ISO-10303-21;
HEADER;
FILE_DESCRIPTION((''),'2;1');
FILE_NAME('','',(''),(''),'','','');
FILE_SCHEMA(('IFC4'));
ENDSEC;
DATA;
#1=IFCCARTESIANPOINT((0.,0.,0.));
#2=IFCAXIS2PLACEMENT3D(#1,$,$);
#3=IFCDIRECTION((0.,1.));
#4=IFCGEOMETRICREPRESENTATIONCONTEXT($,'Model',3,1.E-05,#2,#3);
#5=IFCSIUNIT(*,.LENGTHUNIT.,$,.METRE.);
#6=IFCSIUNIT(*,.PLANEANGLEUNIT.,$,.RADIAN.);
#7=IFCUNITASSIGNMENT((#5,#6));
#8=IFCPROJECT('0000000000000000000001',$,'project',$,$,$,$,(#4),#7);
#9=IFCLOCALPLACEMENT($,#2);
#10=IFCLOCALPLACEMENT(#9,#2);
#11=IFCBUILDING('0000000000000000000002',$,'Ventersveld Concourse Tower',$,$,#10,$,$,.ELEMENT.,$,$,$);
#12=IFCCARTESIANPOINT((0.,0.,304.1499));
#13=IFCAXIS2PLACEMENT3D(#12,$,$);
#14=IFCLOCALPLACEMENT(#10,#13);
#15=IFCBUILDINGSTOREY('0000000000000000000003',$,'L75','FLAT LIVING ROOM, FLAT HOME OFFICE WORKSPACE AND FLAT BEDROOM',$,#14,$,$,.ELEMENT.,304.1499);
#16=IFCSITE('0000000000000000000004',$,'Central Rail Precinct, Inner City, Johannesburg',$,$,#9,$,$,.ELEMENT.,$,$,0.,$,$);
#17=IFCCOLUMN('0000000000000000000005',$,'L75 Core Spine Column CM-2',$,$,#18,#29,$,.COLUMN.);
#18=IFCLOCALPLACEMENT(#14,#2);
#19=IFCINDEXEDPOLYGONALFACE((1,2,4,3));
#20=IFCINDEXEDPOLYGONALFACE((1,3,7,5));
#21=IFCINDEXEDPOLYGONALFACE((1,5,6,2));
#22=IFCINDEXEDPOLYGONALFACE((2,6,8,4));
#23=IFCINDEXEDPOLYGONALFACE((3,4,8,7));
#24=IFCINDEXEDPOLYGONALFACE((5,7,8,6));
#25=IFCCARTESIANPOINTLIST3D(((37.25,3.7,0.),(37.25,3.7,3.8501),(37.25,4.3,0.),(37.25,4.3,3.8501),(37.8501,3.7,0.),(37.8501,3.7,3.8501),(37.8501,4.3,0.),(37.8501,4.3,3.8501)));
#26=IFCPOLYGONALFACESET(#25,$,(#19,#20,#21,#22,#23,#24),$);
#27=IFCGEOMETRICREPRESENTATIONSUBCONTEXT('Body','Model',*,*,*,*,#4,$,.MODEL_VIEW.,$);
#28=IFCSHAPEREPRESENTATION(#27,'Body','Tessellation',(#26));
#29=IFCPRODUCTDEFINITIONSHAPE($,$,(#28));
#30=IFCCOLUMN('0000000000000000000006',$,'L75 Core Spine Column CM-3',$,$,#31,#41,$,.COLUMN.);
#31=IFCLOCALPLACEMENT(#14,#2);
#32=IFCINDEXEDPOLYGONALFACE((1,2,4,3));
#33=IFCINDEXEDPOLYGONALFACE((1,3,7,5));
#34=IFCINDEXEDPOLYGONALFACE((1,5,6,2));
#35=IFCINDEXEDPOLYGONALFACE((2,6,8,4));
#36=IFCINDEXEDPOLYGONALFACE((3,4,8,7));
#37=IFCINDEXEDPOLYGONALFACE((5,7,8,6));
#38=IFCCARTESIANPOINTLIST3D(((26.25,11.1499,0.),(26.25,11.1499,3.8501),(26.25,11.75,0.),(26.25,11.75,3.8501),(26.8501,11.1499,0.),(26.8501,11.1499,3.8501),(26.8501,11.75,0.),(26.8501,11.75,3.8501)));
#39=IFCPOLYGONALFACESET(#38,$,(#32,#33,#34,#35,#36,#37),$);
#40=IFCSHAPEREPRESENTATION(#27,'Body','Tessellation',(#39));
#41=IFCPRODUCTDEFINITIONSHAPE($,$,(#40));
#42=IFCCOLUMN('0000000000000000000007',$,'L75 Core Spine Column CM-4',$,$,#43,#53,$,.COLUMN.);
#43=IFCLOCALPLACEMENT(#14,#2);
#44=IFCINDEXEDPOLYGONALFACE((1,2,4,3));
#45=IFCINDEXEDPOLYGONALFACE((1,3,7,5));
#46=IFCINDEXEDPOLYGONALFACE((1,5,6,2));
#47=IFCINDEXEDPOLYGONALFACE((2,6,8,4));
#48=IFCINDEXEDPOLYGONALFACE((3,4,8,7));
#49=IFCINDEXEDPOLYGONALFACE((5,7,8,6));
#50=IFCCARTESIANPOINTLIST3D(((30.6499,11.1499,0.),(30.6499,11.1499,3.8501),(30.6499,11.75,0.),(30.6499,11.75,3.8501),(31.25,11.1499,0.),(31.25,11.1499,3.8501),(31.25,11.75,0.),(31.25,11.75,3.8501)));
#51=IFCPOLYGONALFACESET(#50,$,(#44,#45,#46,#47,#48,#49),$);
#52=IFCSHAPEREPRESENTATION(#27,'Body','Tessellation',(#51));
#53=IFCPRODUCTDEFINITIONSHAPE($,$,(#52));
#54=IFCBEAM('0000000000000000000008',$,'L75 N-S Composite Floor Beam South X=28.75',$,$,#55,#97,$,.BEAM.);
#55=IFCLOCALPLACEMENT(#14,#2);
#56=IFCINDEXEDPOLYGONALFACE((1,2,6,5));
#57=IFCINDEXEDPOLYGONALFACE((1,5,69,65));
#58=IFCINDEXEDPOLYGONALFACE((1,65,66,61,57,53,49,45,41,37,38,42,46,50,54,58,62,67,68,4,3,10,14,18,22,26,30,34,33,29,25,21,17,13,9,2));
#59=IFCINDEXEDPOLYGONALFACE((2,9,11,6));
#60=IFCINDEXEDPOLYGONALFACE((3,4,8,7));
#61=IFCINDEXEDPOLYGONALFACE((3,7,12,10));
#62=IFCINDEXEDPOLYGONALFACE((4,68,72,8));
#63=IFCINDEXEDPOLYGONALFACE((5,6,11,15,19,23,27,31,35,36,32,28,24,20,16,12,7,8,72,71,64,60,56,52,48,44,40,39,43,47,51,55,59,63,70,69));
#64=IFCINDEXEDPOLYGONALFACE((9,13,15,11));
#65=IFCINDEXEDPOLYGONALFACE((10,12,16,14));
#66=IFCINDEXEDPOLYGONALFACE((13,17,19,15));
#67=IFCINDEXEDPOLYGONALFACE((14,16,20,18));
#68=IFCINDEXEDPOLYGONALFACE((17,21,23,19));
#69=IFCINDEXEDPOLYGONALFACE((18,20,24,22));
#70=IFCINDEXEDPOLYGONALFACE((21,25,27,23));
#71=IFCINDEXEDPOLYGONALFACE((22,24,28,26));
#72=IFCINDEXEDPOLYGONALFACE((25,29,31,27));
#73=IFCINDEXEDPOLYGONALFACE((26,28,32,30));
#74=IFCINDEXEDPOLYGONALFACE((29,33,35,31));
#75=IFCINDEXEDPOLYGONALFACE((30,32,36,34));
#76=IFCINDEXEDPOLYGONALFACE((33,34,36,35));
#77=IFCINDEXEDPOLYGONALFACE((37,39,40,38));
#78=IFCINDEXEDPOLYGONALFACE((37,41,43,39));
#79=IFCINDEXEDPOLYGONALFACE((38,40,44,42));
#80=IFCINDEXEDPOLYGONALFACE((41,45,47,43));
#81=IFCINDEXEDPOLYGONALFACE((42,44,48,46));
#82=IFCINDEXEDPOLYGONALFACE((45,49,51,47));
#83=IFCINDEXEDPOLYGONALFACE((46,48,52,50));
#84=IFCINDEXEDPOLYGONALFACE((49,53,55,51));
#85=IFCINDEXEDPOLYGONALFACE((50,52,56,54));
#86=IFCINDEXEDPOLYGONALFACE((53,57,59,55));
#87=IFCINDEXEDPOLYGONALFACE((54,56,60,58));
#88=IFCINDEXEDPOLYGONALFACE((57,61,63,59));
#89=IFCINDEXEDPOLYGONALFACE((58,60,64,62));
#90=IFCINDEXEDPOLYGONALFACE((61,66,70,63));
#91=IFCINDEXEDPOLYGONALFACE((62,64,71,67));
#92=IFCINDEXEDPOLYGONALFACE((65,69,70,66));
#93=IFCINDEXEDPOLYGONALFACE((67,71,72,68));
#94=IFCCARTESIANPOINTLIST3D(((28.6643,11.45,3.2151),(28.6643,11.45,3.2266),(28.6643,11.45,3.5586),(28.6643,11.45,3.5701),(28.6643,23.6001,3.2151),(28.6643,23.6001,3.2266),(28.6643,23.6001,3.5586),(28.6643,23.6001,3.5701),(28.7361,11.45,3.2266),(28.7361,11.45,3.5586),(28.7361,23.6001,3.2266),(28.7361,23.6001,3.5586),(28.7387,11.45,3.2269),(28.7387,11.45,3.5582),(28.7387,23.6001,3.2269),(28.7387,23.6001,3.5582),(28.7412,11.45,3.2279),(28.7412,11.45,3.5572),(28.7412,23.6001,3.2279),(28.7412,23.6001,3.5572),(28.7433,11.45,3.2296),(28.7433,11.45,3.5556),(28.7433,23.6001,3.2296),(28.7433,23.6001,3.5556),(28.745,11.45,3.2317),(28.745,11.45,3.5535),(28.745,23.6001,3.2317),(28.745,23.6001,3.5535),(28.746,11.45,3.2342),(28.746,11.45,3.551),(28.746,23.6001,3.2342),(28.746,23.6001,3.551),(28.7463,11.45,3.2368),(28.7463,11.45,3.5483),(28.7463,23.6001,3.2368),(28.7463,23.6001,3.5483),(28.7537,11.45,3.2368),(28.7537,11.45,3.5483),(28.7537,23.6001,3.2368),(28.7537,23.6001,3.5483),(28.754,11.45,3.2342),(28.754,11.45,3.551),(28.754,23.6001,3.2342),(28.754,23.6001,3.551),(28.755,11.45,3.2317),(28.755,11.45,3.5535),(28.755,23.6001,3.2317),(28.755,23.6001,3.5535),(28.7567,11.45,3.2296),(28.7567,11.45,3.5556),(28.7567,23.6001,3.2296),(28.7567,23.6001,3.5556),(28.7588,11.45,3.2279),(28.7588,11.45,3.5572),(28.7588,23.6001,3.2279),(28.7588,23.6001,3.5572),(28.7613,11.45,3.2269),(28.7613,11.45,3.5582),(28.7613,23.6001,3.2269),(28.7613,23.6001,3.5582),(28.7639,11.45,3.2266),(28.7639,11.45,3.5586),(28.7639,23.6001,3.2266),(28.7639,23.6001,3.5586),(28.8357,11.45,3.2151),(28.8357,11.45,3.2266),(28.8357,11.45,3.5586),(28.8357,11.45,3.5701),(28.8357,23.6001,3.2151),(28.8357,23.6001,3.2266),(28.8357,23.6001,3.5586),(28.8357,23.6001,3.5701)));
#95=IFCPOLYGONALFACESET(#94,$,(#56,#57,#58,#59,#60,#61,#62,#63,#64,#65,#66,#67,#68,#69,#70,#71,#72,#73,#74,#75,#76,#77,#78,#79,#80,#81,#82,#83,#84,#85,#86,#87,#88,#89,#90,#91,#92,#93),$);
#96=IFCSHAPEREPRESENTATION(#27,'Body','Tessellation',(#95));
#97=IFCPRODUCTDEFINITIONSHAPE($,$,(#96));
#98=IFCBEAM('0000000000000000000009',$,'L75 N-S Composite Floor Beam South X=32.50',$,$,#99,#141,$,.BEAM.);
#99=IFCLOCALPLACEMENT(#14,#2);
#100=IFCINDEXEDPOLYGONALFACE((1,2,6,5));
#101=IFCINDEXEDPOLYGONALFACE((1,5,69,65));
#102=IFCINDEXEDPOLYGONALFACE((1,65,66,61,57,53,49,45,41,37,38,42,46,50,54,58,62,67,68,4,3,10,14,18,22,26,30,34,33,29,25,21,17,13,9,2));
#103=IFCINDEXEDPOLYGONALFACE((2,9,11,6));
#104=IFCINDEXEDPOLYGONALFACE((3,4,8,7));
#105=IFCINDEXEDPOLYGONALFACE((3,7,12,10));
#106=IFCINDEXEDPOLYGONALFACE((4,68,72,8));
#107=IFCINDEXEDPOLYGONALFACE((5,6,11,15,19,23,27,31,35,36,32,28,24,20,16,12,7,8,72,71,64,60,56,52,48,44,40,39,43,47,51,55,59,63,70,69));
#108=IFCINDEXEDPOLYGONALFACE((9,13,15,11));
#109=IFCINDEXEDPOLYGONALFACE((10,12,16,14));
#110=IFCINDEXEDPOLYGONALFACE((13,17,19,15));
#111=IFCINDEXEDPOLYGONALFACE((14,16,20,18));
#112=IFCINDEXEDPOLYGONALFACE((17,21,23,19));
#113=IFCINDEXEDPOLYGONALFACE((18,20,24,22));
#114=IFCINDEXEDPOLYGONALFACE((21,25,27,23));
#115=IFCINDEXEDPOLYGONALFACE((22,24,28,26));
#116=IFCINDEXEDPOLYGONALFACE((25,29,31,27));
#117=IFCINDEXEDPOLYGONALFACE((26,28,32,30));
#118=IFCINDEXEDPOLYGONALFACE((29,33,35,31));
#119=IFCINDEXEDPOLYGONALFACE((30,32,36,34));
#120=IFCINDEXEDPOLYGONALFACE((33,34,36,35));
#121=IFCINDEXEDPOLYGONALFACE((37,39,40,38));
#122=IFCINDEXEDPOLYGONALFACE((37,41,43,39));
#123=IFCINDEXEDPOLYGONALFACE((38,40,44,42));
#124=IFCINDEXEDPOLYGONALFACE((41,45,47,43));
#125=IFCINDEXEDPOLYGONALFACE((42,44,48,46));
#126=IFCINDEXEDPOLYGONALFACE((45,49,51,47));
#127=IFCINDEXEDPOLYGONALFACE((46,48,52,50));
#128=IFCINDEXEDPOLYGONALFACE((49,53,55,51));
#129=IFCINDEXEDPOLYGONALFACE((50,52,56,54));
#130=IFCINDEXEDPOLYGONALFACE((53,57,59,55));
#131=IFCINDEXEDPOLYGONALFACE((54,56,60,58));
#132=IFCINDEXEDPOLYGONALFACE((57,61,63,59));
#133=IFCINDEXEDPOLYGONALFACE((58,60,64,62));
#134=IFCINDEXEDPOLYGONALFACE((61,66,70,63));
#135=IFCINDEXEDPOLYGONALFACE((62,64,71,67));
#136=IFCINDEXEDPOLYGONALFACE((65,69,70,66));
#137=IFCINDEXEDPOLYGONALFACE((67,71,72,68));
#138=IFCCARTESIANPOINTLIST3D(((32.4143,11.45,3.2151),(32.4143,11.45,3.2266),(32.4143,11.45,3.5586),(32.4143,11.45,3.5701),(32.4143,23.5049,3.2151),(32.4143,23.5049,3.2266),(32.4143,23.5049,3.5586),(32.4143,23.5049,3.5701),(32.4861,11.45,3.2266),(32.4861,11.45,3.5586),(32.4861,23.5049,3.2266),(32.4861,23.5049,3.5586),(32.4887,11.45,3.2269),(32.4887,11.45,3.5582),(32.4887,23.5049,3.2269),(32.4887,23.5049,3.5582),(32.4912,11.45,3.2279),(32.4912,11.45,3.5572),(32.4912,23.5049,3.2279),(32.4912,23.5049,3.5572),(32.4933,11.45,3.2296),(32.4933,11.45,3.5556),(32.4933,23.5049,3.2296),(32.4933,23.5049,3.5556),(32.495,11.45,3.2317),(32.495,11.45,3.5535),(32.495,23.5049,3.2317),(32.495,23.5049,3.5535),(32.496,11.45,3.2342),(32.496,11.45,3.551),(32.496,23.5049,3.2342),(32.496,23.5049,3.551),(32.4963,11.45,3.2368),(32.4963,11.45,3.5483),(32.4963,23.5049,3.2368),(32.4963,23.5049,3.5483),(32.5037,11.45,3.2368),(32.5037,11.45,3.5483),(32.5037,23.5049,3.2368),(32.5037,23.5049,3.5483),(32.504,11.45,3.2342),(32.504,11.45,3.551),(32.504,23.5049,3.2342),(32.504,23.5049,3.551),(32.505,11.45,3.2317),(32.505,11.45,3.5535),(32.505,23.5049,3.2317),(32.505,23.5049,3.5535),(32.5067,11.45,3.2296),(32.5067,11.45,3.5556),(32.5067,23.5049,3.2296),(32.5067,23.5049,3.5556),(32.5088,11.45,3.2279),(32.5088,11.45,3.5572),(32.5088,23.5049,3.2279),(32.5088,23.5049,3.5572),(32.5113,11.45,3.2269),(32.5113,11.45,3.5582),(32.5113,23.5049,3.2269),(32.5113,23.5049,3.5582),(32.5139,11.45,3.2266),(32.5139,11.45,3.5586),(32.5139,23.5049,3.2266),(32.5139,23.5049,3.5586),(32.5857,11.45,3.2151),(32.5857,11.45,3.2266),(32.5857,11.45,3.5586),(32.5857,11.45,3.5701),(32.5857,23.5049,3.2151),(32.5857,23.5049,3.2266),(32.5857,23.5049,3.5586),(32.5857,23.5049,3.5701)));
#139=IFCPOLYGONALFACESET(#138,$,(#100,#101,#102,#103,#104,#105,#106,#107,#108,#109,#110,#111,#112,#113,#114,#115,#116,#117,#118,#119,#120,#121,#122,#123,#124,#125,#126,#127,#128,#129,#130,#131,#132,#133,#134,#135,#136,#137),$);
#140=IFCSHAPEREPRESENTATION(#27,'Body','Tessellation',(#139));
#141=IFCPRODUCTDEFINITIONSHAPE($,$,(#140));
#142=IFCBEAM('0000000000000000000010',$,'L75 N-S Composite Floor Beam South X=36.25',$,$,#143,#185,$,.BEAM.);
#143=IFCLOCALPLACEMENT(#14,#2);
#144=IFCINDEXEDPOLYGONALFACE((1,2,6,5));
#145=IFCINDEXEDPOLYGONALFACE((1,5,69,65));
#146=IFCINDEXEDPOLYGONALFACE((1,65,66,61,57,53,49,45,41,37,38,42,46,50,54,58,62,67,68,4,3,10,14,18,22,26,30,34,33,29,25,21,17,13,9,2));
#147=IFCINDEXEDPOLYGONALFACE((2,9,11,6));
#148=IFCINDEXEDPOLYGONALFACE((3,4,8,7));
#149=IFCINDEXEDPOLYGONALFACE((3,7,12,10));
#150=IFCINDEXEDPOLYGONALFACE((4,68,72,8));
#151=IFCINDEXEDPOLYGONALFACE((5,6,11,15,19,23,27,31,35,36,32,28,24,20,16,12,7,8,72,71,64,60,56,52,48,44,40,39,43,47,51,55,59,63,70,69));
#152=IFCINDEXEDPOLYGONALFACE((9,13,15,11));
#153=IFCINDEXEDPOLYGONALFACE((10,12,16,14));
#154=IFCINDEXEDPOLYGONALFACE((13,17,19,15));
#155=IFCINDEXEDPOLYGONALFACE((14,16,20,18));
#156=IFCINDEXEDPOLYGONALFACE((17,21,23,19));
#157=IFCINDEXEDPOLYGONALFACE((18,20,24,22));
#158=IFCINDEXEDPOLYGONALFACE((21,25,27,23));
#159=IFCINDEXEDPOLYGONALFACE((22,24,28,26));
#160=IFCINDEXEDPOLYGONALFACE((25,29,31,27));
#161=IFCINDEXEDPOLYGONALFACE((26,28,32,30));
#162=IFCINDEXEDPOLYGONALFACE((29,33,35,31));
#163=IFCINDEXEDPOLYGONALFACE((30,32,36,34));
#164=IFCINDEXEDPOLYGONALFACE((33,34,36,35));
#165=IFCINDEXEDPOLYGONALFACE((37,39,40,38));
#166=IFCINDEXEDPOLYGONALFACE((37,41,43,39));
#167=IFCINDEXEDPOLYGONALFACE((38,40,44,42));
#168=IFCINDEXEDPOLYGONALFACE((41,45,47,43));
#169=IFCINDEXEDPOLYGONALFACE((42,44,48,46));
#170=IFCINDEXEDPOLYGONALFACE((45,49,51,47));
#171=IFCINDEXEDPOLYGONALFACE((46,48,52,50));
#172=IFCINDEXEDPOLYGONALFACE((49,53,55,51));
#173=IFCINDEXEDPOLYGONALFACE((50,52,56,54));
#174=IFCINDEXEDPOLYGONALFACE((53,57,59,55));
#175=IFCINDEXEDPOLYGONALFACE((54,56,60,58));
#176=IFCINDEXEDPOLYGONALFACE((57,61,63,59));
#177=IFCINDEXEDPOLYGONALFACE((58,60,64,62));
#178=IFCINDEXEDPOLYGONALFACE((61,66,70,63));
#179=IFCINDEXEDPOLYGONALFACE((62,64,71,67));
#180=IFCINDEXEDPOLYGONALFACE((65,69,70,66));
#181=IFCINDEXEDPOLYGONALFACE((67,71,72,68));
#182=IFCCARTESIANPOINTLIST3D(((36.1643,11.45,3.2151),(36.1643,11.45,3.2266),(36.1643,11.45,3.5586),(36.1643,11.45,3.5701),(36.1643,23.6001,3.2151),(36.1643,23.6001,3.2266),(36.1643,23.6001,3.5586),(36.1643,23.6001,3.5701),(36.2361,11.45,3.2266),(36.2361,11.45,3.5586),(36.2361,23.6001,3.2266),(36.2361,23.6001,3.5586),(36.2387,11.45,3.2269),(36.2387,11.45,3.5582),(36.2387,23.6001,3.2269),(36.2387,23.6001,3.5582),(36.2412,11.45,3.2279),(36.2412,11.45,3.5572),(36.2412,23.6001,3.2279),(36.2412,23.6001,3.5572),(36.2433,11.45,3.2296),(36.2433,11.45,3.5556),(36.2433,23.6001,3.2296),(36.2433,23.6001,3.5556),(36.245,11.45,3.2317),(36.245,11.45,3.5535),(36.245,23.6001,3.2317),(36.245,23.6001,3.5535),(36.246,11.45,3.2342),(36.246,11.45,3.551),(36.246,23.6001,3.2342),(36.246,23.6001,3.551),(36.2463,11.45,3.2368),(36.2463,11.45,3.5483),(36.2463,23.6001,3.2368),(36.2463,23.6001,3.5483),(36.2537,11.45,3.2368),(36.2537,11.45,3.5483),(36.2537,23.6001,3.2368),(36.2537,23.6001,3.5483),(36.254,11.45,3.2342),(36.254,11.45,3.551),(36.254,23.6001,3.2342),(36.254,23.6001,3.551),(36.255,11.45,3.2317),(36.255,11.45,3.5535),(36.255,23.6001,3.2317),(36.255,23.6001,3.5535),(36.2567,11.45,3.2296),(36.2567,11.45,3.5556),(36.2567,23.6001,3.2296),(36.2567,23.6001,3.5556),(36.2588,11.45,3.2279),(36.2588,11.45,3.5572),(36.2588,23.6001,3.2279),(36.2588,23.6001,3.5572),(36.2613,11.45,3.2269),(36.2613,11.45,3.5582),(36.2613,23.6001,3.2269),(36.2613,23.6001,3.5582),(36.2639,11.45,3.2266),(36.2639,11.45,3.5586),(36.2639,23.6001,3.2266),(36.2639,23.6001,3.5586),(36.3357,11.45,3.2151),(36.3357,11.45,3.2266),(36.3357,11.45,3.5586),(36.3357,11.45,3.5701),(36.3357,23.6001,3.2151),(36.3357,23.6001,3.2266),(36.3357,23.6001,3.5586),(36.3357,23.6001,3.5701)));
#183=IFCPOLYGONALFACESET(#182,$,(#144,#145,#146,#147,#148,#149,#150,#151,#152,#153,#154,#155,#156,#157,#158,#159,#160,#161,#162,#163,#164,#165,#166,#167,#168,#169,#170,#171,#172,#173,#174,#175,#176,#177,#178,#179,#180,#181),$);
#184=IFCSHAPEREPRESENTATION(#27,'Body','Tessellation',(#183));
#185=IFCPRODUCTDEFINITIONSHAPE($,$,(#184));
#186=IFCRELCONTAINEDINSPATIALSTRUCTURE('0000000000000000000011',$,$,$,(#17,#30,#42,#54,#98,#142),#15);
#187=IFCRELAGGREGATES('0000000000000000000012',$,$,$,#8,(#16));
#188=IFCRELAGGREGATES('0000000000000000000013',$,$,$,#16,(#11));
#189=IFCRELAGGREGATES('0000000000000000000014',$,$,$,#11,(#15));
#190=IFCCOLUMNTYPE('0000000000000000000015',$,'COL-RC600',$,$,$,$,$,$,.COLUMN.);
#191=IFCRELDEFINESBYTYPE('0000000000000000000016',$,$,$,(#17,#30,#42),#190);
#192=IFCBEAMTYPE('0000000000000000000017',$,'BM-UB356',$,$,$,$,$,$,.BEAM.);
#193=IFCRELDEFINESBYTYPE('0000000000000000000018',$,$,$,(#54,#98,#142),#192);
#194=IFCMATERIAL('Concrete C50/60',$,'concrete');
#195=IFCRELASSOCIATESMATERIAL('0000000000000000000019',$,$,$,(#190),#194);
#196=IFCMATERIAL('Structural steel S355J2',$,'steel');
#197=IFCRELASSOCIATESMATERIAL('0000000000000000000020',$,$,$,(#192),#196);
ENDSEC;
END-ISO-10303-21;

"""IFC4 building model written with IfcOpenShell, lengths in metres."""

from ifc_helpers import new_model, si_unit, direction, frame, origin, origin_2d, place, context, subcontext, project, spatial, rectangle, i_section, extrude, material, material_profile, profile_set, type_object, element, save


model = new_model("IFC4")

# Units and contexts
model_context = context("Model", 3, precision=1e-05, world=origin(), true_north=direction((0.0, 1.0)))
body_context = subcontext(model_context, "Body", "Model", "MODEL_VIEW")
ifc_project = project(units=[si_unit("LENGTHUNIT", "METRE"), si_unit("PLANEANGLEUNIT", "RADIAN")], contexts=[model_context])

# Site, building, storey
site_placement = place(None, origin())
site = spatial("IfcSite", under=ifc_project, at=site_placement, Name="Central Rail Precinct, Inner City, Johannesburg", CompositionType="ELEMENT", RefElevation=0.0)
building_placement = place(site_placement, origin())
building = spatial("IfcBuilding", under=site, at=building_placement, Name="Ventersveld Concourse Tower", CompositionType="ELEMENT")
storey_placement = place(building_placement, frame((0.0, 0.0, 304.1499)))
storey = spatial("IfcBuildingStorey", under=building, at=storey_placement, Name="L75", Description="FLAT LIVING ROOM, FLAT HOME OFFICE WORKSPACE AND FLAT BEDROOM", CompositionType="ELEMENT", Elevation=304.1499)

# Columns
ifc_material_1 = material(Name="Concrete C50/60", Category="concrete")
ifc_material_profile_1 = material_profile(ifc_material_1, rectangle(XDim=0.6001, YDim=0.6001, at=origin_2d()), Name="RC 600x600")
ifc_profile_set_1 = profile_set([ifc_material_profile_1], Name="Concrete C50/60")
column_type = type_object("IfcColumnType", Name="COL-RC600", PredefinedType="COLUMN", material=ifc_profile_set_1)
for number, where, z_axis, x_axis, name in (
    (1, (37.55, 4.0, 0.0), (0.0, 0.0, 1.0), (1.0, 0.0, 0.0), "L75 Core Spine Column CM-2"),
    (2, (26.55, 11.45, 0.0), (0.0, 0.0, 1.0), (1.0, 0.0, 0.0), "L75 Core Spine Column CM-3"),
    (3, (30.95, 11.45, 0.0), (0.0, 0.0, 1.0), (1.0, 0.0, 0.0), "L75 Core Spine Column CM-4"),
):
    element("IfcColumn", number, at=place(storey_placement, frame(where, z_axis=z_axis, x_axis=x_axis)), inside=storey, type_object=column_type, Name=name, PredefinedType="COLUMN", context=body_context, shape_type="SweptSolid", body=[
        extrude(rectangle(XDim=0.6001, YDim=0.6001, at=origin_2d()), origin(), (0.0, 0.0, 1.0), 3.8501),
    ])

# Beams
ifc_material_2 = material(Name="Structural steel S355J2", Category="steel")
ifc_material_profile_2 = material_profile(ifc_material_2, i_section(OverallWidth=0.1714, OverallDepth=0.355, WebThickness=0.0073, FlangeThickness=0.0115, FilletRadius=0.0103, at=origin_2d()), Name="UB 356x171x51")
ifc_profile_set_2 = profile_set([ifc_material_profile_2], Name="Structural steel S355J2")
beam_type_1 = type_object("IfcBeamType", Name="BM-UB356", PredefinedType="BEAM", material=ifc_profile_set_2)
beam_1_placement = place(storey_placement, frame((28.75, 11.45, 3.3926), z_axis=(0.0, 1.0, 0.0), x_axis=(-1.0, 0.0, 0.0)))
element("IfcBeam", 4, at=beam_1_placement, inside=storey, type_object=beam_type_1, Name="L75 N-S Composite Floor Beam South X=28.75", PredefinedType="BEAM", context=body_context, shape_type="SweptSolid", body=[
    extrude(i_section(OverallWidth=0.1714, OverallDepth=0.355, WebThickness=0.0073, FlangeThickness=0.0115, FilletRadius=0.0103, at=origin_2d()), origin(), (0.0, 0.0, 1.0), 12.1501),
])
beam_2_placement = place(storey_placement, frame((32.5, 11.45, 3.3926), z_axis=(0.0, 1.0, 0.0), x_axis=(-1.0, 0.0, 0.0)))
element("IfcBeam", 5, at=beam_2_placement, inside=storey, type_object=beam_type_1, Name="L75 N-S Composite Floor Beam South X=32.50", PredefinedType="BEAM", context=body_context, shape_type="SweptSolid", body=[
    extrude(i_section(OverallWidth=0.1714, OverallDepth=0.355, WebThickness=0.0073, FlangeThickness=0.0115, FilletRadius=0.0103, at=origin_2d()), origin(), (0.0, 0.0, 1.0), 12.0549),
])
beam_3_placement = place(storey_placement, frame((36.25, 11.45, 3.3926), z_axis=(0.0, 1.0, 0.0), x_axis=(-1.0, 0.0, 0.0)))
element("IfcBeam", 6, at=beam_3_placement, inside=storey, type_object=beam_type_1, Name="L75 N-S Composite Floor Beam South X=36.25", PredefinedType="BEAM", context=body_context, shape_type="SweptSolid", body=[
    extrude(i_section(OverallWidth=0.1714, OverallDepth=0.355, WebThickness=0.0073, FlangeThickness=0.0115, FilletRadius=0.0103, at=origin_2d()), origin(), (0.0, 0.0, 1.0), 12.1501),
])

save(model, "model.ifc")
